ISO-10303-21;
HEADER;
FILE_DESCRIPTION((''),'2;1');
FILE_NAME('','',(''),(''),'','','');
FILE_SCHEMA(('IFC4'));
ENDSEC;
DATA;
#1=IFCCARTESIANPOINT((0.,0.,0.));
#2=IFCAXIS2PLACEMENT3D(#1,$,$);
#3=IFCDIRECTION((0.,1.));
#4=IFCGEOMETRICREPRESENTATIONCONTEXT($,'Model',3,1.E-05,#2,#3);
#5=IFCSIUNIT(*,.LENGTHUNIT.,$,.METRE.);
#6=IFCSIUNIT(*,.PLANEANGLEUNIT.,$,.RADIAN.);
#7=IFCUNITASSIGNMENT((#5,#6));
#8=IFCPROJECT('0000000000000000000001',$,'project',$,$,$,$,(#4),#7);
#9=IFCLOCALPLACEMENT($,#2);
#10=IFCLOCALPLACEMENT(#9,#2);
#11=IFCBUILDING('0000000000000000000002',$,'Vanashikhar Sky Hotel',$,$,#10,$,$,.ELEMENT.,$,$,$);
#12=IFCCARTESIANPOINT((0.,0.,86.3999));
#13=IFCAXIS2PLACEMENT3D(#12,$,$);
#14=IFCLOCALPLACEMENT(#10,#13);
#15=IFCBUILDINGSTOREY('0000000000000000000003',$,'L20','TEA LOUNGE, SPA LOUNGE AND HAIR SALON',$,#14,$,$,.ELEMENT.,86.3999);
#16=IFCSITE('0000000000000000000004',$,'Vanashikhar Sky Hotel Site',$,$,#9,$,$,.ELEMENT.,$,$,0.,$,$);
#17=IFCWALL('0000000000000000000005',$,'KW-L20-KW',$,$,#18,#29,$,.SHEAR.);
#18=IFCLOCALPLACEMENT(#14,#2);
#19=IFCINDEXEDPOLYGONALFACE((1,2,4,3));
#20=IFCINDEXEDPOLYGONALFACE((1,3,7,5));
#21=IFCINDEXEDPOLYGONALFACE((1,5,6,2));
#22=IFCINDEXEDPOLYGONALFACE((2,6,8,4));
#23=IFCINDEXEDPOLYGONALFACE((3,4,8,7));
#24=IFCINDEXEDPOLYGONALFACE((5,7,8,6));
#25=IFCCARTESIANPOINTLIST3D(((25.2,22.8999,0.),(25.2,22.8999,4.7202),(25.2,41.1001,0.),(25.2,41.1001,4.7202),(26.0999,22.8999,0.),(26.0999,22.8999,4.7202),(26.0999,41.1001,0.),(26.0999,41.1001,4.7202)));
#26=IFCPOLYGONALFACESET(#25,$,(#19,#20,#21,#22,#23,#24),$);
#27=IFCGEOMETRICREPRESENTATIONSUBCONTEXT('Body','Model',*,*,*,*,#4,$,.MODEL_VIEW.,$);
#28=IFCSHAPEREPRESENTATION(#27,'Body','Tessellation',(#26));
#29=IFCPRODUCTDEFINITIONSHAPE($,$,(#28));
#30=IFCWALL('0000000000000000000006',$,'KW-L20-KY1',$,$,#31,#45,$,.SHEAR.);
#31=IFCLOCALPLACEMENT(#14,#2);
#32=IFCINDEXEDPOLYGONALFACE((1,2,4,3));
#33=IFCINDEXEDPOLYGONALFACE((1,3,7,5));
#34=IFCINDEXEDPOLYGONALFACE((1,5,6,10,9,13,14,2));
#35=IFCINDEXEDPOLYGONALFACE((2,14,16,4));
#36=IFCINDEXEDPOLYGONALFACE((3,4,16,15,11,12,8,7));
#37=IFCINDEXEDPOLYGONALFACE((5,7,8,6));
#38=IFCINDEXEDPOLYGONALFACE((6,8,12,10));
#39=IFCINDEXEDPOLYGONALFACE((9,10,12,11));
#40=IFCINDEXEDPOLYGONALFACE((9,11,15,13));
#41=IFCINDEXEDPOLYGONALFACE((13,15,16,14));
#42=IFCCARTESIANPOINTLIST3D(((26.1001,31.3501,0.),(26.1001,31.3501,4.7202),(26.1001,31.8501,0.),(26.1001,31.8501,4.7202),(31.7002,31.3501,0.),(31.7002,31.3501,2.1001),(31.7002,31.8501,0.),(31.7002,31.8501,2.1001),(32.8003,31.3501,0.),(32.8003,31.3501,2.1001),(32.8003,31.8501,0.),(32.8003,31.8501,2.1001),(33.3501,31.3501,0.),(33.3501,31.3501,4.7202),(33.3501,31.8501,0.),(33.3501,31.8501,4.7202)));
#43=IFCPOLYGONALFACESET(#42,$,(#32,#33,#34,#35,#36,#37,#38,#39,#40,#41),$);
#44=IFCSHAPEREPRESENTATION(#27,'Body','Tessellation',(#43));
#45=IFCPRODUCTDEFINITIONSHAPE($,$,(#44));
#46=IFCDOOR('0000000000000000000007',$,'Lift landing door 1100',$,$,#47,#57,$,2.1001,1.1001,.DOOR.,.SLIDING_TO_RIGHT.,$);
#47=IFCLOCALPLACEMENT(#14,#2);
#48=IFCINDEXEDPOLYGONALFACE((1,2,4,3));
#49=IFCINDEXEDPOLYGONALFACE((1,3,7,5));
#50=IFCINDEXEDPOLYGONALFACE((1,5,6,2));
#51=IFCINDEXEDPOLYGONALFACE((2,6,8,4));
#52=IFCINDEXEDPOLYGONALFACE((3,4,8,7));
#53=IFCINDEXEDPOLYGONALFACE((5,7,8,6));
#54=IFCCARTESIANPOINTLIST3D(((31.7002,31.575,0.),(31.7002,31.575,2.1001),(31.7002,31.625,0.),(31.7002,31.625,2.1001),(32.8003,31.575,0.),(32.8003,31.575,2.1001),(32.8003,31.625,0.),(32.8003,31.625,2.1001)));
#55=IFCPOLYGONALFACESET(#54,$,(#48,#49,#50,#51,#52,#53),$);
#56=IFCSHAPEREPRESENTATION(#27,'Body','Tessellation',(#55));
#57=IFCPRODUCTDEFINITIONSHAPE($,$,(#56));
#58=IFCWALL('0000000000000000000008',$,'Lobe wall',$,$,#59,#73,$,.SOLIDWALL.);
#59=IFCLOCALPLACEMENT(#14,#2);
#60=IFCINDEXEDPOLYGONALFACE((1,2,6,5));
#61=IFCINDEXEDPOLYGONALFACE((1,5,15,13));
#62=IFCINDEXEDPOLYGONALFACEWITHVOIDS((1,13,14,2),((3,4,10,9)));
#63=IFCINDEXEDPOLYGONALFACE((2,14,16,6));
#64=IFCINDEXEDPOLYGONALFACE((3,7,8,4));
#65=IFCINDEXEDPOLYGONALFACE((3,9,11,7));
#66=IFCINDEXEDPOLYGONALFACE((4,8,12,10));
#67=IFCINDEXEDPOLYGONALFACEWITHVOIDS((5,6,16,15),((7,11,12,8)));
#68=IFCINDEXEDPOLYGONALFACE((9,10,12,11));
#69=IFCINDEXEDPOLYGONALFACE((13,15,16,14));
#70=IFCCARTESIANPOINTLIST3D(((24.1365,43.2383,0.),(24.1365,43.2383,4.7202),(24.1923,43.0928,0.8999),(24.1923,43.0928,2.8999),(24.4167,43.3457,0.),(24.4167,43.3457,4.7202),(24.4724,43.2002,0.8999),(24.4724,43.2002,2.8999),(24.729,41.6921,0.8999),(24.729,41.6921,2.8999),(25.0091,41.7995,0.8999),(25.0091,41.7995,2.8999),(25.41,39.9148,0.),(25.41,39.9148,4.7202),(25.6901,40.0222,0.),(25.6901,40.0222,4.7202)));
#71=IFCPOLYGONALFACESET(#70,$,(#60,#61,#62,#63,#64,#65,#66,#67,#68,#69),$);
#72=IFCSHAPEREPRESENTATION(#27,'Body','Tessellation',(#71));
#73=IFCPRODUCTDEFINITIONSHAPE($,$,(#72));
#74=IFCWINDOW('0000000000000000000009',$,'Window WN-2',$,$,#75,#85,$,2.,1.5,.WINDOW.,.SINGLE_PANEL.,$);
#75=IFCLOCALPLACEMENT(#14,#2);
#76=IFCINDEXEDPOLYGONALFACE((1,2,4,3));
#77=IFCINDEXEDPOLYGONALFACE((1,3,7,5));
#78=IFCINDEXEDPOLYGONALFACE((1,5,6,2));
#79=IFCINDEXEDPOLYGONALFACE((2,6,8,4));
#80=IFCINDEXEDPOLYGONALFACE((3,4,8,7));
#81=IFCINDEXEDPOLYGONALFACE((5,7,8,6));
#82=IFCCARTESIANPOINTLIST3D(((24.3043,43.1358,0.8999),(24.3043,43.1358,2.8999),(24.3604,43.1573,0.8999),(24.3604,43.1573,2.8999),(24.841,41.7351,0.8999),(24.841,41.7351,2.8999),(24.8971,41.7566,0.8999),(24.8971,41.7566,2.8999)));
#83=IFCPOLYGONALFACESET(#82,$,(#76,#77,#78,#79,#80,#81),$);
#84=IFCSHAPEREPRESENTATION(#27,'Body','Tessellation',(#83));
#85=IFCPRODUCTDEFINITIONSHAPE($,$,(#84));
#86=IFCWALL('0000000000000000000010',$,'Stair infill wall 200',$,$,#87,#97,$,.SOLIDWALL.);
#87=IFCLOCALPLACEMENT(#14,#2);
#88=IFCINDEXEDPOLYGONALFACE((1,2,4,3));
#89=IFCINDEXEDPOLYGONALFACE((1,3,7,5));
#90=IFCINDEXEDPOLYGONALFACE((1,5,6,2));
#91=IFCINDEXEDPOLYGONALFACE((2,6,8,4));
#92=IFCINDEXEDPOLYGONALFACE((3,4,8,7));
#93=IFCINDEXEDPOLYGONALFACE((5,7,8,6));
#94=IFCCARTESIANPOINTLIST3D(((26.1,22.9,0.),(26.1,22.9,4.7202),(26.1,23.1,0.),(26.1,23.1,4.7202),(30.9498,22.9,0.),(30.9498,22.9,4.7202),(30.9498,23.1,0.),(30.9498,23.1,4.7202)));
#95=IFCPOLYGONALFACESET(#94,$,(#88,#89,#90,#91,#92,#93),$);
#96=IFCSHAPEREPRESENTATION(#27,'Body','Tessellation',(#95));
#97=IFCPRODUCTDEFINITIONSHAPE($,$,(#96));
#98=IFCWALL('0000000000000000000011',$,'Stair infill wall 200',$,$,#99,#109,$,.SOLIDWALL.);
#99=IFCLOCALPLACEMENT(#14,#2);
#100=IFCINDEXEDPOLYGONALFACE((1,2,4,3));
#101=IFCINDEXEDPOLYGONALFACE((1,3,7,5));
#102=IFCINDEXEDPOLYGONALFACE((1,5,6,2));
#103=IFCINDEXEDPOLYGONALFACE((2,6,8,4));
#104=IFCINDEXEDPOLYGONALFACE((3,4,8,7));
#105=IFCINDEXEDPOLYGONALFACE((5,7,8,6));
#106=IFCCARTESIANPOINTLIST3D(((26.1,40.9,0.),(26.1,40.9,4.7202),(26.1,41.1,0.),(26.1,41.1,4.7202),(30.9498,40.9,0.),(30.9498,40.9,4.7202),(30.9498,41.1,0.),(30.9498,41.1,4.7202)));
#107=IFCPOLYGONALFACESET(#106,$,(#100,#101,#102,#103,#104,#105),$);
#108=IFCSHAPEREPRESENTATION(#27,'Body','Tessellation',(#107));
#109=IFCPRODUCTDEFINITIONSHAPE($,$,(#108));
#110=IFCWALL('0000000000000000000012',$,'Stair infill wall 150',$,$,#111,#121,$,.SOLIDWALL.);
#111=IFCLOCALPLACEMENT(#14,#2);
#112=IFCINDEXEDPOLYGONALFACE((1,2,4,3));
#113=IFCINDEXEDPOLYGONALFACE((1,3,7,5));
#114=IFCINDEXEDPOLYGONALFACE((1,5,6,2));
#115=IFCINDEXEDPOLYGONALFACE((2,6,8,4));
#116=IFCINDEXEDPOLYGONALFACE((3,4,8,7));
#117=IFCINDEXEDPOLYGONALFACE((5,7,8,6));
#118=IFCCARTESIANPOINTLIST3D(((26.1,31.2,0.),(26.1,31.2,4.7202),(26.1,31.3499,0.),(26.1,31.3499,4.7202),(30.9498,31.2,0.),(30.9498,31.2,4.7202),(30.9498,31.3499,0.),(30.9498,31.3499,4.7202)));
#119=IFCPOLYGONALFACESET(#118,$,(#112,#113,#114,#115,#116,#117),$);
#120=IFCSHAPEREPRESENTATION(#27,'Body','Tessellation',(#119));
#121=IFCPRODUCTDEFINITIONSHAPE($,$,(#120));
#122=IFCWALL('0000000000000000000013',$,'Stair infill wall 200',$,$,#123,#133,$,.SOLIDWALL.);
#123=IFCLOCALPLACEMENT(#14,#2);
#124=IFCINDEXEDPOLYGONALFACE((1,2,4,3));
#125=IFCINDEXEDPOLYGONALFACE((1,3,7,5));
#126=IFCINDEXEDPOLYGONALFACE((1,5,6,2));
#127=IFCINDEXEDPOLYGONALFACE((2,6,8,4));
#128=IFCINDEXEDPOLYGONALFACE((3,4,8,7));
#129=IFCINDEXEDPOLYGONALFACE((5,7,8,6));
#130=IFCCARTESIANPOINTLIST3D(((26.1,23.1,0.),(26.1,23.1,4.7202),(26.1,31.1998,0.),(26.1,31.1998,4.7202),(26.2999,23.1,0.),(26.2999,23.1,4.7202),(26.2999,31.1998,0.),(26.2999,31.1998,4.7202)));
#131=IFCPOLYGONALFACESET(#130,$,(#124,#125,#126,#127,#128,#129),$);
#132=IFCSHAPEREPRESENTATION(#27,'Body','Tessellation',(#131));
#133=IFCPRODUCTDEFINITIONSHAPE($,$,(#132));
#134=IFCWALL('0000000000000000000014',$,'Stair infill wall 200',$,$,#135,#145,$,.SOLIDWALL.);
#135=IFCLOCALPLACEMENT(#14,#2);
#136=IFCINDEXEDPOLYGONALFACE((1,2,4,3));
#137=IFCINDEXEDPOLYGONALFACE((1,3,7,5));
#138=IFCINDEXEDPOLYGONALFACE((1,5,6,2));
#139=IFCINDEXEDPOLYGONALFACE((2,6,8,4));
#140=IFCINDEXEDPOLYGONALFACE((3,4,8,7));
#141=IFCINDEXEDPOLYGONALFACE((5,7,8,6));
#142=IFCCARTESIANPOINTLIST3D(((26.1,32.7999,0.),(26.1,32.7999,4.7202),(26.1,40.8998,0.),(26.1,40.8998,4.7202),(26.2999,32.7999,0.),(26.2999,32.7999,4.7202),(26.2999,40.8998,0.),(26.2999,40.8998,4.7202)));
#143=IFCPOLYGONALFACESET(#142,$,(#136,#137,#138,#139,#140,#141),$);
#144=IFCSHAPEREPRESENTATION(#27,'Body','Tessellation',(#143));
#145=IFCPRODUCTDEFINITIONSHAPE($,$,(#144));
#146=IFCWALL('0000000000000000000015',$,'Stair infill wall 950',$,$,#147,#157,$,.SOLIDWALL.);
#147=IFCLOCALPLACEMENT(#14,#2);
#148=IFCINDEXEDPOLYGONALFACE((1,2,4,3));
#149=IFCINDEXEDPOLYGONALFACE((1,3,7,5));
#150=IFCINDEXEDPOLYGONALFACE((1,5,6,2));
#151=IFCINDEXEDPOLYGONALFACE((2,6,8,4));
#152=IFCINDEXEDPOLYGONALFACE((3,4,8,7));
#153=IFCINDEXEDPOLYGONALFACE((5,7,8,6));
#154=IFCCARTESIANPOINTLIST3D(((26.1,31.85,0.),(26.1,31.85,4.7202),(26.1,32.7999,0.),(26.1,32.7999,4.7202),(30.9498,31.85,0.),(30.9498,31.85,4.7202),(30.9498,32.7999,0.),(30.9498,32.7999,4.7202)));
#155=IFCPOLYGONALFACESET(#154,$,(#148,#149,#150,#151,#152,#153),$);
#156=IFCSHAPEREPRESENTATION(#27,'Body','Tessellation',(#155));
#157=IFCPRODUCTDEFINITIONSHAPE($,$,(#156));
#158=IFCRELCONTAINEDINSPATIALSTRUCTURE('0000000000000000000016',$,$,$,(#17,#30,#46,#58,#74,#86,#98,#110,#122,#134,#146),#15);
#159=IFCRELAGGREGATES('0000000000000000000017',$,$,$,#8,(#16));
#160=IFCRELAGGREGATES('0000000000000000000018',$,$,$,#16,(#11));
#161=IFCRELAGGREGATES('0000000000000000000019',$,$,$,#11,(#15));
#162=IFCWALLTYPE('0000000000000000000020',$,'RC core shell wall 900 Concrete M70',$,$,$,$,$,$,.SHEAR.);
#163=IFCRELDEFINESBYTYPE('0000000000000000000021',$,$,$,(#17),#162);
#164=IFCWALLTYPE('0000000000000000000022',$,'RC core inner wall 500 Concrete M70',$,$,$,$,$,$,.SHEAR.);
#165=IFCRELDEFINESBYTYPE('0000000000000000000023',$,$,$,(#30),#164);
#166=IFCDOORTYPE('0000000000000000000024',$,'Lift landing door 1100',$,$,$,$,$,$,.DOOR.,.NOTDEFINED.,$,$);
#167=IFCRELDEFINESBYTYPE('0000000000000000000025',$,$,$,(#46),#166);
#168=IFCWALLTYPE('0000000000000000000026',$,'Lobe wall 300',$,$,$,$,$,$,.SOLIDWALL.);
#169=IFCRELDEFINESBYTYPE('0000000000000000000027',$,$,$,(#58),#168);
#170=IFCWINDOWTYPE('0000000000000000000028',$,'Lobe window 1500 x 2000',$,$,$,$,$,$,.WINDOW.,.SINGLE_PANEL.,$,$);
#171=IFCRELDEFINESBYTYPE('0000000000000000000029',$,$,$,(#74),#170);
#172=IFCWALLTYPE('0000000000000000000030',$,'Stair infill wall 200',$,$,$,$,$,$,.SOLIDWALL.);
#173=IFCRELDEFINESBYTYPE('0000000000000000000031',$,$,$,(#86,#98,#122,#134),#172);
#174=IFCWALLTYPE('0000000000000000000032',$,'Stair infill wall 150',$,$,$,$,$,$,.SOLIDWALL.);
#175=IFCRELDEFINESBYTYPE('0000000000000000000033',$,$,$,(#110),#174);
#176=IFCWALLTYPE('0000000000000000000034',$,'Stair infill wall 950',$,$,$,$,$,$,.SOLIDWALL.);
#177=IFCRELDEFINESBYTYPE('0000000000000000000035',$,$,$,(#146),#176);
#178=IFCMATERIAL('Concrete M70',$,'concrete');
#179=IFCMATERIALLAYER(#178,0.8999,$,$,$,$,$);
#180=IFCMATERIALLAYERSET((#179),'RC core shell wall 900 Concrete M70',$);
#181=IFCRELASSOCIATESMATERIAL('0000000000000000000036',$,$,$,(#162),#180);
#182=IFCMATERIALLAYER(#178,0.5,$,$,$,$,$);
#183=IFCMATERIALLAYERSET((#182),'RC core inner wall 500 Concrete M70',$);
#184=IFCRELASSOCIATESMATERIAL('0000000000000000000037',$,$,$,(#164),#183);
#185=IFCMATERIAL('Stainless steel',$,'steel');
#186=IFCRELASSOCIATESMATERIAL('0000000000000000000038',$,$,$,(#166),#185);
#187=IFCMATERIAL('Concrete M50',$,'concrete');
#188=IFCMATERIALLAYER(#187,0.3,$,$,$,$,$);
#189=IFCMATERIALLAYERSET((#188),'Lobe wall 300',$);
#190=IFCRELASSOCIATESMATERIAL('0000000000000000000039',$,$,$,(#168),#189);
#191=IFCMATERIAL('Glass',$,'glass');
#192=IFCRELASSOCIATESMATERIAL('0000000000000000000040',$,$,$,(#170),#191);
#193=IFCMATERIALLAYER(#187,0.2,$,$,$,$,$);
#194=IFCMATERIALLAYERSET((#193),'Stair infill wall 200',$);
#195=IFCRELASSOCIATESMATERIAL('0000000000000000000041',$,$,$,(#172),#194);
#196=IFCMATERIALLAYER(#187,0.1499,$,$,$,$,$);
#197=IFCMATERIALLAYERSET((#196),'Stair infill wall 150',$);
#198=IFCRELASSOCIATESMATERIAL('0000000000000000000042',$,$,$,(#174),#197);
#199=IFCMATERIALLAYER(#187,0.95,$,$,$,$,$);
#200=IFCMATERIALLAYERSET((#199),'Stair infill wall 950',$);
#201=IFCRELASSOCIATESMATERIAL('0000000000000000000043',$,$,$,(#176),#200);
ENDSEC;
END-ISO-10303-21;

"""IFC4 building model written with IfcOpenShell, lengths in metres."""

from ifc_helpers import new_model, si_unit, direction, frame, frame_2d, origin, place, context, subcontext, project, spatial, rectangle, extrude, source, transform, mapped, material, layer, layer_set, type_object, element, fill, save


model = new_model("IFC4")

# Units and contexts
model_context = context("Model", 3, precision=1e-05, world=origin(), true_north=direction((0.0, 1.0)))
body_context = subcontext(model_context, "Body", "Model", "MODEL_VIEW")
ifc_project = project(units=[si_unit("LENGTHUNIT", "METRE"), si_unit("PLANEANGLEUNIT", "RADIAN")], contexts=[model_context])

# Site, building, storey
site_placement = place(None, origin())
site = spatial("IfcSite", under=ifc_project, at=site_placement, Name="Vanashikhar Sky Hotel Site", CompositionType="ELEMENT", RefElevation=0.0)
building_placement = place(site_placement, origin())
building = spatial("IfcBuilding", under=site, at=building_placement, Name="Vanashikhar Sky Hotel", CompositionType="ELEMENT")
storey_placement = place(building_placement, frame((0.0, 0.0, 86.3999)))
storey = spatial("IfcBuildingStorey", under=building, at=storey_placement, Name="L20", Description="TEA LOUNGE, SPA LOUNGE AND HAIR SALON", CompositionType="ELEMENT", Elevation=86.3999)

# Wall
ifc_material_1 = material(Name="Concrete M70", Category="concrete")
ifc_layer_1 = layer(ifc_material_1, 0.8999)
ifc_layer_set_1 = layer_set([ifc_layer_1], Name="RC core shell wall 900 Concrete M70")
wall_type_1 = type_object("IfcWallType", Name="RC core shell wall 900 Concrete M70", PredefinedType="SHEAR", material=ifc_layer_set_1)
shared_shape_1 = source(origin(), body_context, "Body", "SweptSolid", [
    extrude(rectangle(XDim=18.2002, YDim=0.8999, at=frame_2d((9.1001, 0.0))), origin(), (0.0, 0.0, 1.0), 4.7202),
])
wall_1_placement = place(storey_placement, frame((25.6499, 22.8999, 0.0), z_axis=(0.0, 0.0, 1.0), x_axis=(0.0, 1.0, 0.0)))
element("IfcWall", 1, at=wall_1_placement, inside=storey, type_object=wall_type_1, Name="KW-L20-KW", PredefinedType="SHEAR", context=body_context, shape_type="MappedRepresentation", body=[
    mapped(shared_shape_1, transform((0.0, 0.0, 0.0), scale=1.0)),
])

# Wall, opening, door
ifc_layer_2 = layer(ifc_material_1, 0.5)
ifc_layer_set_2 = layer_set([ifc_layer_2], Name="RC core inner wall 500 Concrete M70")
wall_type_2 = type_object("IfcWallType", Name="RC core inner wall 500 Concrete M70", PredefinedType="SHEAR", material=ifc_layer_set_2)
shared_shape_2 = source(origin(), body_context, "Body", "SweptSolid", [
    extrude(rectangle(XDim=7.25, YDim=0.5, at=frame_2d((3.625, 0.0))), origin(), (0.0, 0.0, 1.0), 4.7202),
])
wall_2_placement = place(storey_placement, frame((26.1001, 31.6001, 0.0), z_axis=(0.0, 0.0, 1.0), x_axis=(1.0, 0.0, 0.0)))
wall_2 = element("IfcWall", 2, at=wall_2_placement, inside=storey, type_object=wall_type_2, Name="KW-L20-KY1", PredefinedType="SHEAR", context=body_context, shape_type="MappedRepresentation", body=[
    mapped(shared_shape_2, transform((0.0, 0.0, 0.0), scale=1.0)),
])
shared_shape_3 = source(origin(), body_context, "Body", "SweptSolid", [
    extrude(rectangle(XDim=1.1001, YDim=2.1001, at=frame_2d((0.55, 1.05))), frame((0.0, 0.26, 0.0), z_axis=(0.0, -1.0, 0.0), x_axis=(1.0, 0.0, 0.0)), (0.0, 0.0, 1.0), 0.52),
])
opening_1_placement = place(wall_2_placement, frame((5.6001, 0.0, 0.0)))
opening_1 = element("IfcOpeningElement", 3, at=opening_1_placement, cuts=wall_2, PredefinedType="OPENING", context=body_context, shape_type="MappedRepresentation", body=[
    mapped(shared_shape_3, transform((0.0, 0.0, 0.0), scale=1.0)),
])
ifc_material_2 = material(Name="Stainless steel", Category="steel")
door_type = type_object("IfcDoorType", Name="Lift landing door 1100", OperationType="NOTDEFINED", PredefinedType="DOOR", material=ifc_material_2)
shared_shape_4 = source(origin(), body_context, "Body", "SweptSolid", [
    extrude(rectangle(XDim=1.1001, YDim=2.1001, at=frame_2d((0.55, 1.05))), frame((0.0, 0.0249, 0.0), z_axis=(0.0, -1.0, 0.0), x_axis=(1.0, 0.0, 0.0)), (0.0, 0.0, 1.0), 0.05),
])
door_placement = place(opening_1_placement, origin())
door = element("IfcDoor", 4, at=door_placement, inside=storey, type_object=door_type, Name="Lift landing door 1100", OperationType="SLIDING_TO_RIGHT", OverallHeight=2.1001, OverallWidth=1.1001, PredefinedType="DOOR", context=body_context, shape_type="MappedRepresentation", body=[
    mapped(shared_shape_4, transform((0.0, 0.0, 0.0), scale=1.0)),
])
fill(opening_1, door)

# Wall, opening, window
ifc_material_3 = material(Name="Concrete M50", Category="concrete")
ifc_layer_3 = layer(ifc_material_3, 0.3)
ifc_layer_set_3 = layer_set([ifc_layer_3], Name="Lobe wall 300")
wall_type_3 = type_object("IfcWallType", Name="Lobe wall 300", PredefinedType="SOLIDWALL", material=ifc_layer_set_3)
shared_shape_5 = source(origin(), body_context, "Body", "SweptSolid", [
    extrude(rectangle(XDim=3.5591, YDim=0.3, at=frame_2d((1.7795, 0.0))), origin(), (0.0, 0.0, 1.0), 4.7202),
])
wall_3_placement = place(storey_placement, frame((25.55, 39.9685, 0.0), z_axis=(0.0, 0.0, 1.0), x_axis=(-0.357797, 0.933799, 0.0)))
wall_3 = element("IfcWall", 5, at=wall_3_placement, inside=storey, type_object=wall_type_3, Name="Lobe wall", PredefinedType="SOLIDWALL", context=body_context, shape_type="MappedRepresentation", body=[
    mapped(shared_shape_5, transform((0.0, 0.0, 0.0), scale=1.0)),
])
shared_shape_6 = source(origin(), body_context, "Body", "SweptSolid", [
    extrude(rectangle(XDim=1.5, YDim=2.0, at=frame_2d((0.75, 1.0))), frame((0.0, 0.1602, 0.0), z_axis=(0.0, -1.0, 0.0), x_axis=(1.0, 0.0, 0.0)), (0.0, 0.0, 1.0), 0.3201),
])
opening_2_placement = place(wall_3_placement, frame((1.9033, 0.0, 0.8999)))
opening_2 = element("IfcOpeningElement", 6, at=opening_2_placement, cuts=wall_3, PredefinedType="OPENING", context=body_context, shape_type="MappedRepresentation", body=[
    mapped(shared_shape_6, transform((0.0, 0.0, 0.0), scale=1.0)),
])
ifc_material_4 = material(Name="Glass", Category="glass")
window_type = type_object("IfcWindowType", Name="Lobe window 1500 x 2000", PartitioningType="SINGLE_PANEL", PredefinedType="WINDOW", material=ifc_material_4)
shared_shape_7 = source(origin(), body_context, "Body", "SweptSolid", [
    extrude(rectangle(XDim=1.5, YDim=2.0, at=frame_2d((0.75, 1.0))), frame((0.0, 0.03, 0.0), z_axis=(0.0, -1.0, 0.0), x_axis=(1.0, 0.0, 0.0)), (0.0, 0.0, 1.0), 0.0601),
])
window_placement = place(opening_2_placement, origin())
window = element("IfcWindow", 7, at=window_placement, inside=storey, type_object=window_type, Name="Window WN-2", OverallHeight=2.0, OverallWidth=1.5, PartitioningType="SINGLE_PANEL", PredefinedType="WINDOW", context=body_context, shape_type="MappedRepresentation", body=[
    mapped(shared_shape_7, transform((0.0, 0.0, 0.0), scale=1.0)),
])
fill(opening_2, window)

# Walls
ifc_layer_4 = layer(ifc_material_3, 0.2)
ifc_layer_set_4 = layer_set([ifc_layer_4], Name="Stair infill wall 200")
wall_type_4 = type_object("IfcWallType", Name="Stair infill wall 200", PredefinedType="SOLIDWALL", material=ifc_layer_set_4)
shared_shape_8 = source(origin(), body_context, "Body", "SweptSolid", [
    extrude(rectangle(XDim=4.8499, YDim=0.2, at=frame_2d((2.4248, 0.0))), origin(), (0.0, 0.0, 1.0), 4.7202),
])
for number, where, z_axis, x_axis, name in (
    (8, (26.1001, 23.0, 0.0), (0.0, 0.0, 1.0), (1.0, 0.0, 0.0), "Stair infill wall 200"),
    (9, (26.1001, 41.0, 0.0), (0.0, 0.0, 1.0), (1.0, 0.0, 0.0), "Stair infill wall 200"),
):
    element("IfcWall", number, at=place(storey_placement, frame(where, z_axis=z_axis, x_axis=x_axis)), inside=storey, type_object=wall_type_4, Name=name, PredefinedType="SOLIDWALL", context=body_context, shape_type="MappedRepresentation", body=[
        mapped(shared_shape_8, transform((0.0, 0.0, 0.0), scale=1.0)),
    ])
ifc_layer_5 = layer(ifc_material_3, 0.1499)
ifc_layer_set_5 = layer_set([ifc_layer_5], Name="Stair infill wall 150")
wall_type_5 = type_object("IfcWallType", Name="Stair infill wall 150", PredefinedType="SOLIDWALL", material=ifc_layer_set_5)
shared_shape_9 = source(origin(), body_context, "Body", "SweptSolid", [
    extrude(rectangle(XDim=4.8499, YDim=0.1499, at=frame_2d((2.4248, 0.0))), origin(), (0.0, 0.0, 1.0), 4.7202),
])
wall_4_placement = place(storey_placement, frame((26.1001, 31.2749, 0.0), z_axis=(0.0, 0.0, 1.0), x_axis=(1.0, 0.0, 0.0)))
element("IfcWall", 10, at=wall_4_placement, inside=storey, type_object=wall_type_5, Name="Stair infill wall 150", PredefinedType="SOLIDWALL", context=body_context, shape_type="MappedRepresentation", body=[
    mapped(shared_shape_9, transform((0.0, 0.0, 0.0), scale=1.0)),
])
shared_shape_10 = source(origin(), body_context, "Body", "SweptSolid", [
    extrude(rectangle(XDim=8.0999, YDim=0.2, at=frame_2d((4.0498, 0.0))), origin(), (0.0, 0.0, 1.0), 4.7202),
])
for number, where, z_axis, x_axis, name in (
    (11, (26.2, 23.1001, 0.0), (0.0, 0.0, 1.0), (0.0, 1.0, 0.0), "Stair infill wall 200"),
    (12, (26.2, 32.8, 0.0), (0.0, 0.0, 1.0), (0.0, 1.0, 0.0), "Stair infill wall 200"),
):
    element("IfcWall", number, at=place(storey_placement, frame(where, z_axis=z_axis, x_axis=x_axis)), inside=storey, type_object=wall_type_4, Name=name, PredefinedType="SOLIDWALL", context=body_context, shape_type="MappedRepresentation", body=[
        mapped(shared_shape_10, transform((0.0, 0.0, 0.0), scale=1.0)),
    ])
ifc_layer_6 = layer(ifc_material_3, 0.95)
ifc_layer_set_6 = layer_set([ifc_layer_6], Name="Stair infill wall 950")
wall_type_6 = type_object("IfcWallType", Name="Stair infill wall 950", PredefinedType="SOLIDWALL", material=ifc_layer_set_6)
shared_shape_11 = source(origin(), body_context, "Body", "SweptSolid", [
    extrude(rectangle(XDim=4.8499, YDim=0.95, at=frame_2d((2.4248, 0.0))), origin(), (0.0, 0.0, 1.0), 4.7202),
])
wall_5_placement = place(storey_placement, frame((26.1001, 32.325, 0.0), z_axis=(0.0, 0.0, 1.0), x_axis=(1.0, 0.0, 0.0)))
element("IfcWall", 13, at=wall_5_placement, inside=storey, type_object=wall_type_6, Name="Stair infill wall 950", PredefinedType="SOLIDWALL", context=body_context, shape_type="MappedRepresentation", body=[
    mapped(shared_shape_11, transform((0.0, 0.0, 0.0), scale=1.0)),
])

save(model, "model.ifc")
